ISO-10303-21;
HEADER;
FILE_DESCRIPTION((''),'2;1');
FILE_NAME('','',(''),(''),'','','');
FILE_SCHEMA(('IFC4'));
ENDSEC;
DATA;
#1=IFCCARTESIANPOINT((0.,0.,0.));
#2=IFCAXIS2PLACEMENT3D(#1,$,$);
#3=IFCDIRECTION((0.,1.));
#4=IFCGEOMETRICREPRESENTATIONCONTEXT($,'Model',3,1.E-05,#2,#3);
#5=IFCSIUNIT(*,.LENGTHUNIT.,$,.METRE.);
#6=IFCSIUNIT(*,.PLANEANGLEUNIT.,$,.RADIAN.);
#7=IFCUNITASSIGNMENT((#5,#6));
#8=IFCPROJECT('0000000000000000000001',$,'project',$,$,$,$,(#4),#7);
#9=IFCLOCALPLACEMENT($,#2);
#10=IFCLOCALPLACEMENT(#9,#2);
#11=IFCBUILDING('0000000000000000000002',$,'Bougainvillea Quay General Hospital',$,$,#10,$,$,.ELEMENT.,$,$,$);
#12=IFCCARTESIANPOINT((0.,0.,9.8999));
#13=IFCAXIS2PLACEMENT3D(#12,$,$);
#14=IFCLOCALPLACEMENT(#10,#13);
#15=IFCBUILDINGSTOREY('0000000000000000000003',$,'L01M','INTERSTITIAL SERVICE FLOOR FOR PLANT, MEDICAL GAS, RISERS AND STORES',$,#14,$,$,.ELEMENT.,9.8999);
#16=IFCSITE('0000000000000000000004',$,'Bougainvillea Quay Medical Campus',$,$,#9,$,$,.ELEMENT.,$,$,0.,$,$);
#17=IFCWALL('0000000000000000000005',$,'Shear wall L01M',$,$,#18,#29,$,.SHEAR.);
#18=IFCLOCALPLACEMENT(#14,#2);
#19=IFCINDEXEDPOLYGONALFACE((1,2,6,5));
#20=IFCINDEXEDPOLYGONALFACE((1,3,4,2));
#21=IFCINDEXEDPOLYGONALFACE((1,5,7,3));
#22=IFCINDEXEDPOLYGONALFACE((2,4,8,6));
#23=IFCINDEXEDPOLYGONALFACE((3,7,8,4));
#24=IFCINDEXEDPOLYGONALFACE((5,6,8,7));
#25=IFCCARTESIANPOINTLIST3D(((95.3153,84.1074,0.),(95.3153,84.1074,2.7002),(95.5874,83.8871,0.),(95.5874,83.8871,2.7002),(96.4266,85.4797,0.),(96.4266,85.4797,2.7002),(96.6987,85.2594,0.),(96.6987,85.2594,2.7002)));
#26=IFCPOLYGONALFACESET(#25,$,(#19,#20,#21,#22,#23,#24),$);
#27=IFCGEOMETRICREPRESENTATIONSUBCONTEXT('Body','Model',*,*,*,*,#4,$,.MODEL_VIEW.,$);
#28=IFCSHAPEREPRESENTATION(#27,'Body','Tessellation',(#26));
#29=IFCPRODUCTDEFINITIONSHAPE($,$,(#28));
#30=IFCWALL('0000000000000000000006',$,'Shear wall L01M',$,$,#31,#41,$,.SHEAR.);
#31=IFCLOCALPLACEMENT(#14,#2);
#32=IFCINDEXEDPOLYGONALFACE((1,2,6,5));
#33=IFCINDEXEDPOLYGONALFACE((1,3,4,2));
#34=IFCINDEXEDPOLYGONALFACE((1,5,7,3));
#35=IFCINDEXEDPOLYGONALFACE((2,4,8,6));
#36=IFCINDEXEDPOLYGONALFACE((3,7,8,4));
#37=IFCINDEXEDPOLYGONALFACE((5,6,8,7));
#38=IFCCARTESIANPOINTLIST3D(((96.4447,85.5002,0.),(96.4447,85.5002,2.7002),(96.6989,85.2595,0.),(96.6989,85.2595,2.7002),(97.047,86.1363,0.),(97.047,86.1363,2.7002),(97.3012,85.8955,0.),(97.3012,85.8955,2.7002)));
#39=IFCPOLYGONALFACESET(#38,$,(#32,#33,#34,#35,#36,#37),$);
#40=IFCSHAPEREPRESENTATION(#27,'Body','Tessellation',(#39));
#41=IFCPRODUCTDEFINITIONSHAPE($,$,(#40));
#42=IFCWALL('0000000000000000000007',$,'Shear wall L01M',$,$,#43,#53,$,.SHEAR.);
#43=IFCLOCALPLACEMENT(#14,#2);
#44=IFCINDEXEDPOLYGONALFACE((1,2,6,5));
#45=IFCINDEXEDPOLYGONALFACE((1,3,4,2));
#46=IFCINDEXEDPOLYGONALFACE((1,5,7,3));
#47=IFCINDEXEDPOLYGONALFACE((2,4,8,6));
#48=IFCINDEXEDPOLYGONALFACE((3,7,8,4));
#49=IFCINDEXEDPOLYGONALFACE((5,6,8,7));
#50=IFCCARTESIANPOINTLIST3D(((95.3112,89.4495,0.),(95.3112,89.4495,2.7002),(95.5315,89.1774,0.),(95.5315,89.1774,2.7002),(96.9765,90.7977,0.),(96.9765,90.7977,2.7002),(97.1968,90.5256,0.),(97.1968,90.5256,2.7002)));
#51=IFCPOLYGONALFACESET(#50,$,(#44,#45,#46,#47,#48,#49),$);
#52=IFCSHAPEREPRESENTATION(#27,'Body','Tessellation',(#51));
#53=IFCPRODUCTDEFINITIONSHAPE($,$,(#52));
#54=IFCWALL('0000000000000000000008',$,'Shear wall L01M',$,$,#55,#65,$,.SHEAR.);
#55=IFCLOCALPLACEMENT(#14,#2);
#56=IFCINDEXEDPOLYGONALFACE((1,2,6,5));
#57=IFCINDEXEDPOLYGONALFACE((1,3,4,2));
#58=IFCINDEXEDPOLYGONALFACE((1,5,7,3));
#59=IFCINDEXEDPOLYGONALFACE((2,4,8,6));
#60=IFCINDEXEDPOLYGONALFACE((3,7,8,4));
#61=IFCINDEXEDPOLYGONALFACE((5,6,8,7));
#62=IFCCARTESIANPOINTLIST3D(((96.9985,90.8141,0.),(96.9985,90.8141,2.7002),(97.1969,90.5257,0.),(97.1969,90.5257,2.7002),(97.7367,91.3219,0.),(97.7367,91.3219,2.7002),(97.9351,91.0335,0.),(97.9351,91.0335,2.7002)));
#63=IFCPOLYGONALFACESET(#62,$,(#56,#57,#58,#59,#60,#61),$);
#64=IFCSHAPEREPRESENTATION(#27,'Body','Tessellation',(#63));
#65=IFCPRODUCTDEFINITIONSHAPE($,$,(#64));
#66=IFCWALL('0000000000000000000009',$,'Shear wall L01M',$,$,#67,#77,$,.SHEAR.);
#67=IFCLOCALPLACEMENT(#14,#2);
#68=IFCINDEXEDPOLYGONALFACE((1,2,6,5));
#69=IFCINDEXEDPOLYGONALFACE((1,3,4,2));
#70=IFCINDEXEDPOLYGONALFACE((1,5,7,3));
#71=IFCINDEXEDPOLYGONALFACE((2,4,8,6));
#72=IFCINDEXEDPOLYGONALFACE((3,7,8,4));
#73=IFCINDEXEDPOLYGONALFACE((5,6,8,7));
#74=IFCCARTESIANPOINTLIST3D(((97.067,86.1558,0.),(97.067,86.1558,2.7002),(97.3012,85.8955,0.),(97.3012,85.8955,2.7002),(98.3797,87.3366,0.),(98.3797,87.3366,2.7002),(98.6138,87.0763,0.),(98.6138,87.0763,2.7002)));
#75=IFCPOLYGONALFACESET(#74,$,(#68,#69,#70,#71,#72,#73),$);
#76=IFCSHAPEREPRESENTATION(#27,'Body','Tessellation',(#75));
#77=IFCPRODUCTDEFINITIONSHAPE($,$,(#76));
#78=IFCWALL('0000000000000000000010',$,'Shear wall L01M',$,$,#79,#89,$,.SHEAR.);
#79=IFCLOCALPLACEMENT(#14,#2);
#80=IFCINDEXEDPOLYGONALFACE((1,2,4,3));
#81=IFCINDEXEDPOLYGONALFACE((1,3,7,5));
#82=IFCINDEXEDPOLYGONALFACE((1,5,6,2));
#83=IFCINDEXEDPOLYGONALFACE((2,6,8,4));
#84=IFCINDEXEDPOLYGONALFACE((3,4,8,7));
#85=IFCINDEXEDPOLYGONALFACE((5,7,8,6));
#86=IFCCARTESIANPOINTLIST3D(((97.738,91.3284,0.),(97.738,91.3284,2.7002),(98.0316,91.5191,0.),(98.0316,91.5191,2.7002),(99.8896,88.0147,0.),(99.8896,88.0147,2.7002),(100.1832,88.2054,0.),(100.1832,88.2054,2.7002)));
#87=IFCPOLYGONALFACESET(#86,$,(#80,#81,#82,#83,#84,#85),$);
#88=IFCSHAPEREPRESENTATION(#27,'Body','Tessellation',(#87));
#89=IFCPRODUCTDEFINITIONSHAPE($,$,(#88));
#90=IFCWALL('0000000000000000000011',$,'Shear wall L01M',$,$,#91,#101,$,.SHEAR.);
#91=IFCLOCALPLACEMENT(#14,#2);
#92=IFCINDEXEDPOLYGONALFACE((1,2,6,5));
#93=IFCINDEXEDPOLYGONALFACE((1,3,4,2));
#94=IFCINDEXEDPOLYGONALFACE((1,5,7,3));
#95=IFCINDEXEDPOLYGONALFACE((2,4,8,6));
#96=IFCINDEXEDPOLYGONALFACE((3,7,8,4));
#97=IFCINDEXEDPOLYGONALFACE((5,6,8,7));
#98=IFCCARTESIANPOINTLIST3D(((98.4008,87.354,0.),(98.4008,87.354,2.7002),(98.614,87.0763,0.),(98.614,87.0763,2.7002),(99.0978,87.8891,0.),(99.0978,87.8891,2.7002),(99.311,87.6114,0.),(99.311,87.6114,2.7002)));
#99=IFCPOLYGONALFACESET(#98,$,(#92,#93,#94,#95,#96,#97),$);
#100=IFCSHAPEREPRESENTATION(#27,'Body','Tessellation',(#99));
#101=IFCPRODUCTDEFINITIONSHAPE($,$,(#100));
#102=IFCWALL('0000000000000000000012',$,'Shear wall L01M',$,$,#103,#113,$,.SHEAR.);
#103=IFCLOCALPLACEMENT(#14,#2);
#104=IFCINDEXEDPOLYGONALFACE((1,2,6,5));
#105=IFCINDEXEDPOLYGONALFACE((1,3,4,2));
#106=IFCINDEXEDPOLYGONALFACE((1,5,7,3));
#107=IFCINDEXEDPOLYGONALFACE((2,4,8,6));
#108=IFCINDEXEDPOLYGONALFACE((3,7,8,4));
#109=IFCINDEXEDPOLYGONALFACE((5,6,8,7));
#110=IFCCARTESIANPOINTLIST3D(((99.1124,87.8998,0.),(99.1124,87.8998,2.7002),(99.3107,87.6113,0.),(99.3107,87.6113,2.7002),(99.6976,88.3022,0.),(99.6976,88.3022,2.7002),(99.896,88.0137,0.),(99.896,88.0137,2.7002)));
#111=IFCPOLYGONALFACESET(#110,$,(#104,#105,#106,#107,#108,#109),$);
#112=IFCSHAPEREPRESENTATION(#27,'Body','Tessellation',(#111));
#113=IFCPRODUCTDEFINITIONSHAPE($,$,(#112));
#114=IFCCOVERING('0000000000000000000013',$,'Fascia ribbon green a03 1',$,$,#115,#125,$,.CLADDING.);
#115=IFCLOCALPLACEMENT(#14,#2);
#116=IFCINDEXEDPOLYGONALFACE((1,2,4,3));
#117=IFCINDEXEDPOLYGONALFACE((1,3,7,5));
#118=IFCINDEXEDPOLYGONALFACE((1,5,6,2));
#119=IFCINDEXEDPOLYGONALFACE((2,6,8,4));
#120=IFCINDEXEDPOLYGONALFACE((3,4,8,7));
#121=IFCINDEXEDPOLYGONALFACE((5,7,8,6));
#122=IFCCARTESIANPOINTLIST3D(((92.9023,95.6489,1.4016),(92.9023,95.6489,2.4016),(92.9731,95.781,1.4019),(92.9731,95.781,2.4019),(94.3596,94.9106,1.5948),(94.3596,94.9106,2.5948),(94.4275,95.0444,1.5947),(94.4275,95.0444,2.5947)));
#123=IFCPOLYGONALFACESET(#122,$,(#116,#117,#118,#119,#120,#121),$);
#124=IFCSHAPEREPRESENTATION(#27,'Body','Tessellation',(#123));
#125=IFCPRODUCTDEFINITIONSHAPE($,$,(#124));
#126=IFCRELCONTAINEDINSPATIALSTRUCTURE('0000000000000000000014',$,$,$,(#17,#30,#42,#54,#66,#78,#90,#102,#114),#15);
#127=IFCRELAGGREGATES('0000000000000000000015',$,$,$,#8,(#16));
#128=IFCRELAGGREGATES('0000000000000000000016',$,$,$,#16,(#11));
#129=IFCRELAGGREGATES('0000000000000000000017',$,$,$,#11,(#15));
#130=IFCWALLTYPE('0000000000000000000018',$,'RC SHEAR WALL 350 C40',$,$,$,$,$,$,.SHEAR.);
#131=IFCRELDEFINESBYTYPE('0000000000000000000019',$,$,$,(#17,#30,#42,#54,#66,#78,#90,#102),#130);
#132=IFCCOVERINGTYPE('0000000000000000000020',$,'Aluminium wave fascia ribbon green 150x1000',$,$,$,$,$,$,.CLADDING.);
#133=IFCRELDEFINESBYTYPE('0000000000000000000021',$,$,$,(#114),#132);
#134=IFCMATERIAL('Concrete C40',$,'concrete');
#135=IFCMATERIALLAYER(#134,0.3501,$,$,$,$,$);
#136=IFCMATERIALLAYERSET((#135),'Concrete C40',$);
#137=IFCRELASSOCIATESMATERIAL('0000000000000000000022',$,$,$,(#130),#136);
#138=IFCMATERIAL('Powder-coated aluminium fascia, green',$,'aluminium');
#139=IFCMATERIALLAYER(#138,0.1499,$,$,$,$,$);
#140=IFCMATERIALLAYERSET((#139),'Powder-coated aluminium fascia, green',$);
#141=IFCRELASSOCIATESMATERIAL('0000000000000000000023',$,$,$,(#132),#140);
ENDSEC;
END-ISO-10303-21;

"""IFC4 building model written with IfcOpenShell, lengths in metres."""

from ifc_helpers import new_model, si_unit, direction, frame, frame_2d, origin, place, context, subcontext, project, spatial, polyline, rectangle, outline, extrude, material, layer, layer_set, type_object, element, save


model = new_model("IFC4")

# Units and contexts
model_context = context("Model", 3, precision=1e-05, world=origin(), true_north=direction((0.0, 1.0)))
body_context = subcontext(model_context, "Body", "Model", "MODEL_VIEW")
ifc_project = project(units=[si_unit("LENGTHUNIT", "METRE"), si_unit("PLANEANGLEUNIT", "RADIAN")], contexts=[model_context])

# Site, building, storey
site_placement = place(None, origin())
site = spatial("IfcSite", under=ifc_project, at=site_placement, Name="Bougainvillea Quay Medical Campus", CompositionType="ELEMENT", RefElevation=0.0)
building_placement = place(site_placement, origin())
building = spatial("IfcBuilding", under=site, at=building_placement, Name="Bougainvillea Quay General Hospital", CompositionType="ELEMENT")
storey_placement = place(building_placement, frame((0.0, 0.0, 9.8999)))
storey = spatial("IfcBuildingStorey", under=building, at=storey_placement, Name="L01M", Description="INTERSTITIAL SERVICE FLOOR FOR PLANT, MEDICAL GAS, RISERS AND STORES", CompositionType="ELEMENT", Elevation=9.8999)

# Walls
ifc_material_1 = material(Name="Concrete C40", Category="concrete")
ifc_layer_1 = layer(ifc_material_1, 0.3501)
ifc_layer_set_1 = layer_set([ifc_layer_1], Name="Concrete C40")
wall_type = type_object("IfcWallType", Name="RC SHEAR WALL 350 C40", PredefinedType="SHEAR", material=ifc_layer_set_1)
wall_1_placement = place(storey_placement, frame((95.4514, 83.9973, 0.0), z_axis=(0.0, 0.0, 1.0), x_axis=(0.629337, 0.777132, 0.0)))
element("IfcWall", 1, at=wall_1_placement, inside=storey, type_object=wall_type, Name="Shear wall L01M", PredefinedType="SHEAR", context=body_context, shape_type="SweptSolid", body=[
    extrude(rectangle(XDim=1.7659, YDim=0.3501, at=frame_2d((0.8828, 0.0))), origin(), (0.0, 0.0, 1.0), 2.7002),
])
wall_2_placement = place(storey_placement, frame((96.5718, 85.3799, 0.0), z_axis=(0.0, 0.0, 1.0), x_axis=(0.687613, 0.726077, 0.0)))
element("IfcWall", 2, at=wall_2_placement, inside=storey, type_object=wall_type, Name="Shear wall L01M", PredefinedType="SHEAR", context=body_context, shape_type="SweptSolid", body=[
    extrude(rectangle(XDim=0.876, YDim=0.3501, at=frame_2d((0.438, 0.0))), origin(), (0.0, 0.0, 1.0), 2.7002),
])
wall_3_placement = place(storey_placement, frame((97.0867, 90.6616, 0.0), z_axis=(0.0, 0.0, 1.0), x_axis=(-0.777232, -0.629215, 0.0)))
element("IfcWall", 3, at=wall_3_placement, inside=storey, type_object=wall_type, Name="Shear wall L01M", PredefinedType="SHEAR", context=body_context, shape_type="SweptSolid", body=[
    extrude(rectangle(XDim=2.1426, YDim=0.3501, at=frame_2d((1.0713, 0.0))), origin(), (0.0, 0.0, 1.0), 2.7002),
])
wall_4_placement = place(storey_placement, frame((97.0977, 90.6699, 0.0), z_axis=(0.0, 0.0, 1.0), x_axis=(0.823915, 0.566714, 0.0)))
element("IfcWall", 4, at=wall_4_placement, inside=storey, type_object=wall_type, Name="Shear wall L01M", PredefinedType="SHEAR", context=body_context, shape_type="SweptSolid", body=[
    extrude(rectangle(XDim=0.896, YDim=0.3501, at=frame_2d((0.448, 0.0))), origin(), (0.0, 0.0, 1.0), 2.7002),
])
wall_5_placement = place(storey_placement, frame((97.1841, 86.0256, 0.0), z_axis=(0.0, 0.0, 1.0), x_axis=(0.743452, 0.668789, 0.0)))
element("IfcWall", 5, at=wall_5_placement, inside=storey, type_object=wall_type, Name="Shear wall L01M", PredefinedType="SHEAR", context=body_context, shape_type="SweptSolid", body=[
    extrude(rectangle(XDim=1.7656, YDim=0.3501, at=frame_2d((0.8828, 0.0))), origin(), (0.0, 0.0, 1.0), 2.7002),
])
wall_6_placement = place(storey_placement, frame((97.8848, 91.4238, 0.0), z_axis=(0.0, 0.0, 1.0), x_axis=(0.544578, -0.83871, 0.0)))
element("IfcWall", 6, at=wall_6_placement, inside=storey, type_object=wall_type, Name="Shear wall L01M", PredefinedType="SHEAR", context=body_context, shape_type="SweptSolid", body=[
    extrude(rectangle(XDim=3.9509, YDim=0.3501, at=frame_2d((1.9756, 0.0))), origin(), (0.0, 0.0, 1.0), 2.7002),
])
wall_7_placement = place(storey_placement, frame((98.5073, 87.2151, 0.0), z_axis=(0.0, 0.0, 1.0), x_axis=(0.793181, 0.608985, 0.0)))
element("IfcWall", 7, at=wall_7_placement, inside=storey, type_object=wall_type, Name="Shear wall L01M", PredefinedType="SHEAR", context=body_context, shape_type="SweptSolid", body=[
    extrude(rectangle(XDim=0.8787, YDim=0.3501, at=frame_2d((0.4395, 0.0))), origin(), (0.0, 0.0, 1.0), 2.7002),
])
wall_8_placement = place(storey_placement, frame((99.2117, 87.7556, 0.0), z_axis=(0.0, 0.0, 1.0), x_axis=(0.824032, 0.566543, 0.0)))
element("IfcWall", 8, at=wall_8_placement, inside=storey, type_object=wall_type, Name="Shear wall L01M", PredefinedType="SHEAR", context=body_context, shape_type="SweptSolid", body=[
    extrude(rectangle(XDim=0.7102, YDim=0.3501, at=frame_2d((0.355, 0.0))), origin(), (0.0, 0.0, 1.0), 2.7002),
])

# Covering
ifc_material_2 = material(Name="Powder-coated aluminium fascia, green", Category="aluminium")
ifc_layer_2 = layer(ifc_material_2, 0.1499)
ifc_layer_set_2 = layer_set([ifc_layer_2], Name="Powder-coated aluminium fascia, green")
covering_type = type_object("IfcCoveringType", Name="Aluminium wave fascia ribbon green 150x1000", PredefinedType="CLADDING", material=ifc_layer_set_2)
covering_placement = place(storey_placement, frame((94.4275, 95.0444, 1.5947), z_axis=(-0.104502, 0.053594, 0.99308), x_axis=(-0.885935, 0.448693, -0.117443)))
element("IfcCovering", 9, at=covering_placement, inside=storey, type_object=covering_type, Name="Fascia ribbon green a03 1", PredefinedType="CLADDING", context=body_context, shape_type="SweptSolid", body=[
    extrude(outline(polyline([(0.0, 0.0), (1.6416, 0.0), (1.6451, 0.1498), (0.0001, 0.15), (0.0, 0.0)])), origin(), (-0.117443, 0.000592, 0.99308), 1.0),
])

save(model, "model.ifc")
